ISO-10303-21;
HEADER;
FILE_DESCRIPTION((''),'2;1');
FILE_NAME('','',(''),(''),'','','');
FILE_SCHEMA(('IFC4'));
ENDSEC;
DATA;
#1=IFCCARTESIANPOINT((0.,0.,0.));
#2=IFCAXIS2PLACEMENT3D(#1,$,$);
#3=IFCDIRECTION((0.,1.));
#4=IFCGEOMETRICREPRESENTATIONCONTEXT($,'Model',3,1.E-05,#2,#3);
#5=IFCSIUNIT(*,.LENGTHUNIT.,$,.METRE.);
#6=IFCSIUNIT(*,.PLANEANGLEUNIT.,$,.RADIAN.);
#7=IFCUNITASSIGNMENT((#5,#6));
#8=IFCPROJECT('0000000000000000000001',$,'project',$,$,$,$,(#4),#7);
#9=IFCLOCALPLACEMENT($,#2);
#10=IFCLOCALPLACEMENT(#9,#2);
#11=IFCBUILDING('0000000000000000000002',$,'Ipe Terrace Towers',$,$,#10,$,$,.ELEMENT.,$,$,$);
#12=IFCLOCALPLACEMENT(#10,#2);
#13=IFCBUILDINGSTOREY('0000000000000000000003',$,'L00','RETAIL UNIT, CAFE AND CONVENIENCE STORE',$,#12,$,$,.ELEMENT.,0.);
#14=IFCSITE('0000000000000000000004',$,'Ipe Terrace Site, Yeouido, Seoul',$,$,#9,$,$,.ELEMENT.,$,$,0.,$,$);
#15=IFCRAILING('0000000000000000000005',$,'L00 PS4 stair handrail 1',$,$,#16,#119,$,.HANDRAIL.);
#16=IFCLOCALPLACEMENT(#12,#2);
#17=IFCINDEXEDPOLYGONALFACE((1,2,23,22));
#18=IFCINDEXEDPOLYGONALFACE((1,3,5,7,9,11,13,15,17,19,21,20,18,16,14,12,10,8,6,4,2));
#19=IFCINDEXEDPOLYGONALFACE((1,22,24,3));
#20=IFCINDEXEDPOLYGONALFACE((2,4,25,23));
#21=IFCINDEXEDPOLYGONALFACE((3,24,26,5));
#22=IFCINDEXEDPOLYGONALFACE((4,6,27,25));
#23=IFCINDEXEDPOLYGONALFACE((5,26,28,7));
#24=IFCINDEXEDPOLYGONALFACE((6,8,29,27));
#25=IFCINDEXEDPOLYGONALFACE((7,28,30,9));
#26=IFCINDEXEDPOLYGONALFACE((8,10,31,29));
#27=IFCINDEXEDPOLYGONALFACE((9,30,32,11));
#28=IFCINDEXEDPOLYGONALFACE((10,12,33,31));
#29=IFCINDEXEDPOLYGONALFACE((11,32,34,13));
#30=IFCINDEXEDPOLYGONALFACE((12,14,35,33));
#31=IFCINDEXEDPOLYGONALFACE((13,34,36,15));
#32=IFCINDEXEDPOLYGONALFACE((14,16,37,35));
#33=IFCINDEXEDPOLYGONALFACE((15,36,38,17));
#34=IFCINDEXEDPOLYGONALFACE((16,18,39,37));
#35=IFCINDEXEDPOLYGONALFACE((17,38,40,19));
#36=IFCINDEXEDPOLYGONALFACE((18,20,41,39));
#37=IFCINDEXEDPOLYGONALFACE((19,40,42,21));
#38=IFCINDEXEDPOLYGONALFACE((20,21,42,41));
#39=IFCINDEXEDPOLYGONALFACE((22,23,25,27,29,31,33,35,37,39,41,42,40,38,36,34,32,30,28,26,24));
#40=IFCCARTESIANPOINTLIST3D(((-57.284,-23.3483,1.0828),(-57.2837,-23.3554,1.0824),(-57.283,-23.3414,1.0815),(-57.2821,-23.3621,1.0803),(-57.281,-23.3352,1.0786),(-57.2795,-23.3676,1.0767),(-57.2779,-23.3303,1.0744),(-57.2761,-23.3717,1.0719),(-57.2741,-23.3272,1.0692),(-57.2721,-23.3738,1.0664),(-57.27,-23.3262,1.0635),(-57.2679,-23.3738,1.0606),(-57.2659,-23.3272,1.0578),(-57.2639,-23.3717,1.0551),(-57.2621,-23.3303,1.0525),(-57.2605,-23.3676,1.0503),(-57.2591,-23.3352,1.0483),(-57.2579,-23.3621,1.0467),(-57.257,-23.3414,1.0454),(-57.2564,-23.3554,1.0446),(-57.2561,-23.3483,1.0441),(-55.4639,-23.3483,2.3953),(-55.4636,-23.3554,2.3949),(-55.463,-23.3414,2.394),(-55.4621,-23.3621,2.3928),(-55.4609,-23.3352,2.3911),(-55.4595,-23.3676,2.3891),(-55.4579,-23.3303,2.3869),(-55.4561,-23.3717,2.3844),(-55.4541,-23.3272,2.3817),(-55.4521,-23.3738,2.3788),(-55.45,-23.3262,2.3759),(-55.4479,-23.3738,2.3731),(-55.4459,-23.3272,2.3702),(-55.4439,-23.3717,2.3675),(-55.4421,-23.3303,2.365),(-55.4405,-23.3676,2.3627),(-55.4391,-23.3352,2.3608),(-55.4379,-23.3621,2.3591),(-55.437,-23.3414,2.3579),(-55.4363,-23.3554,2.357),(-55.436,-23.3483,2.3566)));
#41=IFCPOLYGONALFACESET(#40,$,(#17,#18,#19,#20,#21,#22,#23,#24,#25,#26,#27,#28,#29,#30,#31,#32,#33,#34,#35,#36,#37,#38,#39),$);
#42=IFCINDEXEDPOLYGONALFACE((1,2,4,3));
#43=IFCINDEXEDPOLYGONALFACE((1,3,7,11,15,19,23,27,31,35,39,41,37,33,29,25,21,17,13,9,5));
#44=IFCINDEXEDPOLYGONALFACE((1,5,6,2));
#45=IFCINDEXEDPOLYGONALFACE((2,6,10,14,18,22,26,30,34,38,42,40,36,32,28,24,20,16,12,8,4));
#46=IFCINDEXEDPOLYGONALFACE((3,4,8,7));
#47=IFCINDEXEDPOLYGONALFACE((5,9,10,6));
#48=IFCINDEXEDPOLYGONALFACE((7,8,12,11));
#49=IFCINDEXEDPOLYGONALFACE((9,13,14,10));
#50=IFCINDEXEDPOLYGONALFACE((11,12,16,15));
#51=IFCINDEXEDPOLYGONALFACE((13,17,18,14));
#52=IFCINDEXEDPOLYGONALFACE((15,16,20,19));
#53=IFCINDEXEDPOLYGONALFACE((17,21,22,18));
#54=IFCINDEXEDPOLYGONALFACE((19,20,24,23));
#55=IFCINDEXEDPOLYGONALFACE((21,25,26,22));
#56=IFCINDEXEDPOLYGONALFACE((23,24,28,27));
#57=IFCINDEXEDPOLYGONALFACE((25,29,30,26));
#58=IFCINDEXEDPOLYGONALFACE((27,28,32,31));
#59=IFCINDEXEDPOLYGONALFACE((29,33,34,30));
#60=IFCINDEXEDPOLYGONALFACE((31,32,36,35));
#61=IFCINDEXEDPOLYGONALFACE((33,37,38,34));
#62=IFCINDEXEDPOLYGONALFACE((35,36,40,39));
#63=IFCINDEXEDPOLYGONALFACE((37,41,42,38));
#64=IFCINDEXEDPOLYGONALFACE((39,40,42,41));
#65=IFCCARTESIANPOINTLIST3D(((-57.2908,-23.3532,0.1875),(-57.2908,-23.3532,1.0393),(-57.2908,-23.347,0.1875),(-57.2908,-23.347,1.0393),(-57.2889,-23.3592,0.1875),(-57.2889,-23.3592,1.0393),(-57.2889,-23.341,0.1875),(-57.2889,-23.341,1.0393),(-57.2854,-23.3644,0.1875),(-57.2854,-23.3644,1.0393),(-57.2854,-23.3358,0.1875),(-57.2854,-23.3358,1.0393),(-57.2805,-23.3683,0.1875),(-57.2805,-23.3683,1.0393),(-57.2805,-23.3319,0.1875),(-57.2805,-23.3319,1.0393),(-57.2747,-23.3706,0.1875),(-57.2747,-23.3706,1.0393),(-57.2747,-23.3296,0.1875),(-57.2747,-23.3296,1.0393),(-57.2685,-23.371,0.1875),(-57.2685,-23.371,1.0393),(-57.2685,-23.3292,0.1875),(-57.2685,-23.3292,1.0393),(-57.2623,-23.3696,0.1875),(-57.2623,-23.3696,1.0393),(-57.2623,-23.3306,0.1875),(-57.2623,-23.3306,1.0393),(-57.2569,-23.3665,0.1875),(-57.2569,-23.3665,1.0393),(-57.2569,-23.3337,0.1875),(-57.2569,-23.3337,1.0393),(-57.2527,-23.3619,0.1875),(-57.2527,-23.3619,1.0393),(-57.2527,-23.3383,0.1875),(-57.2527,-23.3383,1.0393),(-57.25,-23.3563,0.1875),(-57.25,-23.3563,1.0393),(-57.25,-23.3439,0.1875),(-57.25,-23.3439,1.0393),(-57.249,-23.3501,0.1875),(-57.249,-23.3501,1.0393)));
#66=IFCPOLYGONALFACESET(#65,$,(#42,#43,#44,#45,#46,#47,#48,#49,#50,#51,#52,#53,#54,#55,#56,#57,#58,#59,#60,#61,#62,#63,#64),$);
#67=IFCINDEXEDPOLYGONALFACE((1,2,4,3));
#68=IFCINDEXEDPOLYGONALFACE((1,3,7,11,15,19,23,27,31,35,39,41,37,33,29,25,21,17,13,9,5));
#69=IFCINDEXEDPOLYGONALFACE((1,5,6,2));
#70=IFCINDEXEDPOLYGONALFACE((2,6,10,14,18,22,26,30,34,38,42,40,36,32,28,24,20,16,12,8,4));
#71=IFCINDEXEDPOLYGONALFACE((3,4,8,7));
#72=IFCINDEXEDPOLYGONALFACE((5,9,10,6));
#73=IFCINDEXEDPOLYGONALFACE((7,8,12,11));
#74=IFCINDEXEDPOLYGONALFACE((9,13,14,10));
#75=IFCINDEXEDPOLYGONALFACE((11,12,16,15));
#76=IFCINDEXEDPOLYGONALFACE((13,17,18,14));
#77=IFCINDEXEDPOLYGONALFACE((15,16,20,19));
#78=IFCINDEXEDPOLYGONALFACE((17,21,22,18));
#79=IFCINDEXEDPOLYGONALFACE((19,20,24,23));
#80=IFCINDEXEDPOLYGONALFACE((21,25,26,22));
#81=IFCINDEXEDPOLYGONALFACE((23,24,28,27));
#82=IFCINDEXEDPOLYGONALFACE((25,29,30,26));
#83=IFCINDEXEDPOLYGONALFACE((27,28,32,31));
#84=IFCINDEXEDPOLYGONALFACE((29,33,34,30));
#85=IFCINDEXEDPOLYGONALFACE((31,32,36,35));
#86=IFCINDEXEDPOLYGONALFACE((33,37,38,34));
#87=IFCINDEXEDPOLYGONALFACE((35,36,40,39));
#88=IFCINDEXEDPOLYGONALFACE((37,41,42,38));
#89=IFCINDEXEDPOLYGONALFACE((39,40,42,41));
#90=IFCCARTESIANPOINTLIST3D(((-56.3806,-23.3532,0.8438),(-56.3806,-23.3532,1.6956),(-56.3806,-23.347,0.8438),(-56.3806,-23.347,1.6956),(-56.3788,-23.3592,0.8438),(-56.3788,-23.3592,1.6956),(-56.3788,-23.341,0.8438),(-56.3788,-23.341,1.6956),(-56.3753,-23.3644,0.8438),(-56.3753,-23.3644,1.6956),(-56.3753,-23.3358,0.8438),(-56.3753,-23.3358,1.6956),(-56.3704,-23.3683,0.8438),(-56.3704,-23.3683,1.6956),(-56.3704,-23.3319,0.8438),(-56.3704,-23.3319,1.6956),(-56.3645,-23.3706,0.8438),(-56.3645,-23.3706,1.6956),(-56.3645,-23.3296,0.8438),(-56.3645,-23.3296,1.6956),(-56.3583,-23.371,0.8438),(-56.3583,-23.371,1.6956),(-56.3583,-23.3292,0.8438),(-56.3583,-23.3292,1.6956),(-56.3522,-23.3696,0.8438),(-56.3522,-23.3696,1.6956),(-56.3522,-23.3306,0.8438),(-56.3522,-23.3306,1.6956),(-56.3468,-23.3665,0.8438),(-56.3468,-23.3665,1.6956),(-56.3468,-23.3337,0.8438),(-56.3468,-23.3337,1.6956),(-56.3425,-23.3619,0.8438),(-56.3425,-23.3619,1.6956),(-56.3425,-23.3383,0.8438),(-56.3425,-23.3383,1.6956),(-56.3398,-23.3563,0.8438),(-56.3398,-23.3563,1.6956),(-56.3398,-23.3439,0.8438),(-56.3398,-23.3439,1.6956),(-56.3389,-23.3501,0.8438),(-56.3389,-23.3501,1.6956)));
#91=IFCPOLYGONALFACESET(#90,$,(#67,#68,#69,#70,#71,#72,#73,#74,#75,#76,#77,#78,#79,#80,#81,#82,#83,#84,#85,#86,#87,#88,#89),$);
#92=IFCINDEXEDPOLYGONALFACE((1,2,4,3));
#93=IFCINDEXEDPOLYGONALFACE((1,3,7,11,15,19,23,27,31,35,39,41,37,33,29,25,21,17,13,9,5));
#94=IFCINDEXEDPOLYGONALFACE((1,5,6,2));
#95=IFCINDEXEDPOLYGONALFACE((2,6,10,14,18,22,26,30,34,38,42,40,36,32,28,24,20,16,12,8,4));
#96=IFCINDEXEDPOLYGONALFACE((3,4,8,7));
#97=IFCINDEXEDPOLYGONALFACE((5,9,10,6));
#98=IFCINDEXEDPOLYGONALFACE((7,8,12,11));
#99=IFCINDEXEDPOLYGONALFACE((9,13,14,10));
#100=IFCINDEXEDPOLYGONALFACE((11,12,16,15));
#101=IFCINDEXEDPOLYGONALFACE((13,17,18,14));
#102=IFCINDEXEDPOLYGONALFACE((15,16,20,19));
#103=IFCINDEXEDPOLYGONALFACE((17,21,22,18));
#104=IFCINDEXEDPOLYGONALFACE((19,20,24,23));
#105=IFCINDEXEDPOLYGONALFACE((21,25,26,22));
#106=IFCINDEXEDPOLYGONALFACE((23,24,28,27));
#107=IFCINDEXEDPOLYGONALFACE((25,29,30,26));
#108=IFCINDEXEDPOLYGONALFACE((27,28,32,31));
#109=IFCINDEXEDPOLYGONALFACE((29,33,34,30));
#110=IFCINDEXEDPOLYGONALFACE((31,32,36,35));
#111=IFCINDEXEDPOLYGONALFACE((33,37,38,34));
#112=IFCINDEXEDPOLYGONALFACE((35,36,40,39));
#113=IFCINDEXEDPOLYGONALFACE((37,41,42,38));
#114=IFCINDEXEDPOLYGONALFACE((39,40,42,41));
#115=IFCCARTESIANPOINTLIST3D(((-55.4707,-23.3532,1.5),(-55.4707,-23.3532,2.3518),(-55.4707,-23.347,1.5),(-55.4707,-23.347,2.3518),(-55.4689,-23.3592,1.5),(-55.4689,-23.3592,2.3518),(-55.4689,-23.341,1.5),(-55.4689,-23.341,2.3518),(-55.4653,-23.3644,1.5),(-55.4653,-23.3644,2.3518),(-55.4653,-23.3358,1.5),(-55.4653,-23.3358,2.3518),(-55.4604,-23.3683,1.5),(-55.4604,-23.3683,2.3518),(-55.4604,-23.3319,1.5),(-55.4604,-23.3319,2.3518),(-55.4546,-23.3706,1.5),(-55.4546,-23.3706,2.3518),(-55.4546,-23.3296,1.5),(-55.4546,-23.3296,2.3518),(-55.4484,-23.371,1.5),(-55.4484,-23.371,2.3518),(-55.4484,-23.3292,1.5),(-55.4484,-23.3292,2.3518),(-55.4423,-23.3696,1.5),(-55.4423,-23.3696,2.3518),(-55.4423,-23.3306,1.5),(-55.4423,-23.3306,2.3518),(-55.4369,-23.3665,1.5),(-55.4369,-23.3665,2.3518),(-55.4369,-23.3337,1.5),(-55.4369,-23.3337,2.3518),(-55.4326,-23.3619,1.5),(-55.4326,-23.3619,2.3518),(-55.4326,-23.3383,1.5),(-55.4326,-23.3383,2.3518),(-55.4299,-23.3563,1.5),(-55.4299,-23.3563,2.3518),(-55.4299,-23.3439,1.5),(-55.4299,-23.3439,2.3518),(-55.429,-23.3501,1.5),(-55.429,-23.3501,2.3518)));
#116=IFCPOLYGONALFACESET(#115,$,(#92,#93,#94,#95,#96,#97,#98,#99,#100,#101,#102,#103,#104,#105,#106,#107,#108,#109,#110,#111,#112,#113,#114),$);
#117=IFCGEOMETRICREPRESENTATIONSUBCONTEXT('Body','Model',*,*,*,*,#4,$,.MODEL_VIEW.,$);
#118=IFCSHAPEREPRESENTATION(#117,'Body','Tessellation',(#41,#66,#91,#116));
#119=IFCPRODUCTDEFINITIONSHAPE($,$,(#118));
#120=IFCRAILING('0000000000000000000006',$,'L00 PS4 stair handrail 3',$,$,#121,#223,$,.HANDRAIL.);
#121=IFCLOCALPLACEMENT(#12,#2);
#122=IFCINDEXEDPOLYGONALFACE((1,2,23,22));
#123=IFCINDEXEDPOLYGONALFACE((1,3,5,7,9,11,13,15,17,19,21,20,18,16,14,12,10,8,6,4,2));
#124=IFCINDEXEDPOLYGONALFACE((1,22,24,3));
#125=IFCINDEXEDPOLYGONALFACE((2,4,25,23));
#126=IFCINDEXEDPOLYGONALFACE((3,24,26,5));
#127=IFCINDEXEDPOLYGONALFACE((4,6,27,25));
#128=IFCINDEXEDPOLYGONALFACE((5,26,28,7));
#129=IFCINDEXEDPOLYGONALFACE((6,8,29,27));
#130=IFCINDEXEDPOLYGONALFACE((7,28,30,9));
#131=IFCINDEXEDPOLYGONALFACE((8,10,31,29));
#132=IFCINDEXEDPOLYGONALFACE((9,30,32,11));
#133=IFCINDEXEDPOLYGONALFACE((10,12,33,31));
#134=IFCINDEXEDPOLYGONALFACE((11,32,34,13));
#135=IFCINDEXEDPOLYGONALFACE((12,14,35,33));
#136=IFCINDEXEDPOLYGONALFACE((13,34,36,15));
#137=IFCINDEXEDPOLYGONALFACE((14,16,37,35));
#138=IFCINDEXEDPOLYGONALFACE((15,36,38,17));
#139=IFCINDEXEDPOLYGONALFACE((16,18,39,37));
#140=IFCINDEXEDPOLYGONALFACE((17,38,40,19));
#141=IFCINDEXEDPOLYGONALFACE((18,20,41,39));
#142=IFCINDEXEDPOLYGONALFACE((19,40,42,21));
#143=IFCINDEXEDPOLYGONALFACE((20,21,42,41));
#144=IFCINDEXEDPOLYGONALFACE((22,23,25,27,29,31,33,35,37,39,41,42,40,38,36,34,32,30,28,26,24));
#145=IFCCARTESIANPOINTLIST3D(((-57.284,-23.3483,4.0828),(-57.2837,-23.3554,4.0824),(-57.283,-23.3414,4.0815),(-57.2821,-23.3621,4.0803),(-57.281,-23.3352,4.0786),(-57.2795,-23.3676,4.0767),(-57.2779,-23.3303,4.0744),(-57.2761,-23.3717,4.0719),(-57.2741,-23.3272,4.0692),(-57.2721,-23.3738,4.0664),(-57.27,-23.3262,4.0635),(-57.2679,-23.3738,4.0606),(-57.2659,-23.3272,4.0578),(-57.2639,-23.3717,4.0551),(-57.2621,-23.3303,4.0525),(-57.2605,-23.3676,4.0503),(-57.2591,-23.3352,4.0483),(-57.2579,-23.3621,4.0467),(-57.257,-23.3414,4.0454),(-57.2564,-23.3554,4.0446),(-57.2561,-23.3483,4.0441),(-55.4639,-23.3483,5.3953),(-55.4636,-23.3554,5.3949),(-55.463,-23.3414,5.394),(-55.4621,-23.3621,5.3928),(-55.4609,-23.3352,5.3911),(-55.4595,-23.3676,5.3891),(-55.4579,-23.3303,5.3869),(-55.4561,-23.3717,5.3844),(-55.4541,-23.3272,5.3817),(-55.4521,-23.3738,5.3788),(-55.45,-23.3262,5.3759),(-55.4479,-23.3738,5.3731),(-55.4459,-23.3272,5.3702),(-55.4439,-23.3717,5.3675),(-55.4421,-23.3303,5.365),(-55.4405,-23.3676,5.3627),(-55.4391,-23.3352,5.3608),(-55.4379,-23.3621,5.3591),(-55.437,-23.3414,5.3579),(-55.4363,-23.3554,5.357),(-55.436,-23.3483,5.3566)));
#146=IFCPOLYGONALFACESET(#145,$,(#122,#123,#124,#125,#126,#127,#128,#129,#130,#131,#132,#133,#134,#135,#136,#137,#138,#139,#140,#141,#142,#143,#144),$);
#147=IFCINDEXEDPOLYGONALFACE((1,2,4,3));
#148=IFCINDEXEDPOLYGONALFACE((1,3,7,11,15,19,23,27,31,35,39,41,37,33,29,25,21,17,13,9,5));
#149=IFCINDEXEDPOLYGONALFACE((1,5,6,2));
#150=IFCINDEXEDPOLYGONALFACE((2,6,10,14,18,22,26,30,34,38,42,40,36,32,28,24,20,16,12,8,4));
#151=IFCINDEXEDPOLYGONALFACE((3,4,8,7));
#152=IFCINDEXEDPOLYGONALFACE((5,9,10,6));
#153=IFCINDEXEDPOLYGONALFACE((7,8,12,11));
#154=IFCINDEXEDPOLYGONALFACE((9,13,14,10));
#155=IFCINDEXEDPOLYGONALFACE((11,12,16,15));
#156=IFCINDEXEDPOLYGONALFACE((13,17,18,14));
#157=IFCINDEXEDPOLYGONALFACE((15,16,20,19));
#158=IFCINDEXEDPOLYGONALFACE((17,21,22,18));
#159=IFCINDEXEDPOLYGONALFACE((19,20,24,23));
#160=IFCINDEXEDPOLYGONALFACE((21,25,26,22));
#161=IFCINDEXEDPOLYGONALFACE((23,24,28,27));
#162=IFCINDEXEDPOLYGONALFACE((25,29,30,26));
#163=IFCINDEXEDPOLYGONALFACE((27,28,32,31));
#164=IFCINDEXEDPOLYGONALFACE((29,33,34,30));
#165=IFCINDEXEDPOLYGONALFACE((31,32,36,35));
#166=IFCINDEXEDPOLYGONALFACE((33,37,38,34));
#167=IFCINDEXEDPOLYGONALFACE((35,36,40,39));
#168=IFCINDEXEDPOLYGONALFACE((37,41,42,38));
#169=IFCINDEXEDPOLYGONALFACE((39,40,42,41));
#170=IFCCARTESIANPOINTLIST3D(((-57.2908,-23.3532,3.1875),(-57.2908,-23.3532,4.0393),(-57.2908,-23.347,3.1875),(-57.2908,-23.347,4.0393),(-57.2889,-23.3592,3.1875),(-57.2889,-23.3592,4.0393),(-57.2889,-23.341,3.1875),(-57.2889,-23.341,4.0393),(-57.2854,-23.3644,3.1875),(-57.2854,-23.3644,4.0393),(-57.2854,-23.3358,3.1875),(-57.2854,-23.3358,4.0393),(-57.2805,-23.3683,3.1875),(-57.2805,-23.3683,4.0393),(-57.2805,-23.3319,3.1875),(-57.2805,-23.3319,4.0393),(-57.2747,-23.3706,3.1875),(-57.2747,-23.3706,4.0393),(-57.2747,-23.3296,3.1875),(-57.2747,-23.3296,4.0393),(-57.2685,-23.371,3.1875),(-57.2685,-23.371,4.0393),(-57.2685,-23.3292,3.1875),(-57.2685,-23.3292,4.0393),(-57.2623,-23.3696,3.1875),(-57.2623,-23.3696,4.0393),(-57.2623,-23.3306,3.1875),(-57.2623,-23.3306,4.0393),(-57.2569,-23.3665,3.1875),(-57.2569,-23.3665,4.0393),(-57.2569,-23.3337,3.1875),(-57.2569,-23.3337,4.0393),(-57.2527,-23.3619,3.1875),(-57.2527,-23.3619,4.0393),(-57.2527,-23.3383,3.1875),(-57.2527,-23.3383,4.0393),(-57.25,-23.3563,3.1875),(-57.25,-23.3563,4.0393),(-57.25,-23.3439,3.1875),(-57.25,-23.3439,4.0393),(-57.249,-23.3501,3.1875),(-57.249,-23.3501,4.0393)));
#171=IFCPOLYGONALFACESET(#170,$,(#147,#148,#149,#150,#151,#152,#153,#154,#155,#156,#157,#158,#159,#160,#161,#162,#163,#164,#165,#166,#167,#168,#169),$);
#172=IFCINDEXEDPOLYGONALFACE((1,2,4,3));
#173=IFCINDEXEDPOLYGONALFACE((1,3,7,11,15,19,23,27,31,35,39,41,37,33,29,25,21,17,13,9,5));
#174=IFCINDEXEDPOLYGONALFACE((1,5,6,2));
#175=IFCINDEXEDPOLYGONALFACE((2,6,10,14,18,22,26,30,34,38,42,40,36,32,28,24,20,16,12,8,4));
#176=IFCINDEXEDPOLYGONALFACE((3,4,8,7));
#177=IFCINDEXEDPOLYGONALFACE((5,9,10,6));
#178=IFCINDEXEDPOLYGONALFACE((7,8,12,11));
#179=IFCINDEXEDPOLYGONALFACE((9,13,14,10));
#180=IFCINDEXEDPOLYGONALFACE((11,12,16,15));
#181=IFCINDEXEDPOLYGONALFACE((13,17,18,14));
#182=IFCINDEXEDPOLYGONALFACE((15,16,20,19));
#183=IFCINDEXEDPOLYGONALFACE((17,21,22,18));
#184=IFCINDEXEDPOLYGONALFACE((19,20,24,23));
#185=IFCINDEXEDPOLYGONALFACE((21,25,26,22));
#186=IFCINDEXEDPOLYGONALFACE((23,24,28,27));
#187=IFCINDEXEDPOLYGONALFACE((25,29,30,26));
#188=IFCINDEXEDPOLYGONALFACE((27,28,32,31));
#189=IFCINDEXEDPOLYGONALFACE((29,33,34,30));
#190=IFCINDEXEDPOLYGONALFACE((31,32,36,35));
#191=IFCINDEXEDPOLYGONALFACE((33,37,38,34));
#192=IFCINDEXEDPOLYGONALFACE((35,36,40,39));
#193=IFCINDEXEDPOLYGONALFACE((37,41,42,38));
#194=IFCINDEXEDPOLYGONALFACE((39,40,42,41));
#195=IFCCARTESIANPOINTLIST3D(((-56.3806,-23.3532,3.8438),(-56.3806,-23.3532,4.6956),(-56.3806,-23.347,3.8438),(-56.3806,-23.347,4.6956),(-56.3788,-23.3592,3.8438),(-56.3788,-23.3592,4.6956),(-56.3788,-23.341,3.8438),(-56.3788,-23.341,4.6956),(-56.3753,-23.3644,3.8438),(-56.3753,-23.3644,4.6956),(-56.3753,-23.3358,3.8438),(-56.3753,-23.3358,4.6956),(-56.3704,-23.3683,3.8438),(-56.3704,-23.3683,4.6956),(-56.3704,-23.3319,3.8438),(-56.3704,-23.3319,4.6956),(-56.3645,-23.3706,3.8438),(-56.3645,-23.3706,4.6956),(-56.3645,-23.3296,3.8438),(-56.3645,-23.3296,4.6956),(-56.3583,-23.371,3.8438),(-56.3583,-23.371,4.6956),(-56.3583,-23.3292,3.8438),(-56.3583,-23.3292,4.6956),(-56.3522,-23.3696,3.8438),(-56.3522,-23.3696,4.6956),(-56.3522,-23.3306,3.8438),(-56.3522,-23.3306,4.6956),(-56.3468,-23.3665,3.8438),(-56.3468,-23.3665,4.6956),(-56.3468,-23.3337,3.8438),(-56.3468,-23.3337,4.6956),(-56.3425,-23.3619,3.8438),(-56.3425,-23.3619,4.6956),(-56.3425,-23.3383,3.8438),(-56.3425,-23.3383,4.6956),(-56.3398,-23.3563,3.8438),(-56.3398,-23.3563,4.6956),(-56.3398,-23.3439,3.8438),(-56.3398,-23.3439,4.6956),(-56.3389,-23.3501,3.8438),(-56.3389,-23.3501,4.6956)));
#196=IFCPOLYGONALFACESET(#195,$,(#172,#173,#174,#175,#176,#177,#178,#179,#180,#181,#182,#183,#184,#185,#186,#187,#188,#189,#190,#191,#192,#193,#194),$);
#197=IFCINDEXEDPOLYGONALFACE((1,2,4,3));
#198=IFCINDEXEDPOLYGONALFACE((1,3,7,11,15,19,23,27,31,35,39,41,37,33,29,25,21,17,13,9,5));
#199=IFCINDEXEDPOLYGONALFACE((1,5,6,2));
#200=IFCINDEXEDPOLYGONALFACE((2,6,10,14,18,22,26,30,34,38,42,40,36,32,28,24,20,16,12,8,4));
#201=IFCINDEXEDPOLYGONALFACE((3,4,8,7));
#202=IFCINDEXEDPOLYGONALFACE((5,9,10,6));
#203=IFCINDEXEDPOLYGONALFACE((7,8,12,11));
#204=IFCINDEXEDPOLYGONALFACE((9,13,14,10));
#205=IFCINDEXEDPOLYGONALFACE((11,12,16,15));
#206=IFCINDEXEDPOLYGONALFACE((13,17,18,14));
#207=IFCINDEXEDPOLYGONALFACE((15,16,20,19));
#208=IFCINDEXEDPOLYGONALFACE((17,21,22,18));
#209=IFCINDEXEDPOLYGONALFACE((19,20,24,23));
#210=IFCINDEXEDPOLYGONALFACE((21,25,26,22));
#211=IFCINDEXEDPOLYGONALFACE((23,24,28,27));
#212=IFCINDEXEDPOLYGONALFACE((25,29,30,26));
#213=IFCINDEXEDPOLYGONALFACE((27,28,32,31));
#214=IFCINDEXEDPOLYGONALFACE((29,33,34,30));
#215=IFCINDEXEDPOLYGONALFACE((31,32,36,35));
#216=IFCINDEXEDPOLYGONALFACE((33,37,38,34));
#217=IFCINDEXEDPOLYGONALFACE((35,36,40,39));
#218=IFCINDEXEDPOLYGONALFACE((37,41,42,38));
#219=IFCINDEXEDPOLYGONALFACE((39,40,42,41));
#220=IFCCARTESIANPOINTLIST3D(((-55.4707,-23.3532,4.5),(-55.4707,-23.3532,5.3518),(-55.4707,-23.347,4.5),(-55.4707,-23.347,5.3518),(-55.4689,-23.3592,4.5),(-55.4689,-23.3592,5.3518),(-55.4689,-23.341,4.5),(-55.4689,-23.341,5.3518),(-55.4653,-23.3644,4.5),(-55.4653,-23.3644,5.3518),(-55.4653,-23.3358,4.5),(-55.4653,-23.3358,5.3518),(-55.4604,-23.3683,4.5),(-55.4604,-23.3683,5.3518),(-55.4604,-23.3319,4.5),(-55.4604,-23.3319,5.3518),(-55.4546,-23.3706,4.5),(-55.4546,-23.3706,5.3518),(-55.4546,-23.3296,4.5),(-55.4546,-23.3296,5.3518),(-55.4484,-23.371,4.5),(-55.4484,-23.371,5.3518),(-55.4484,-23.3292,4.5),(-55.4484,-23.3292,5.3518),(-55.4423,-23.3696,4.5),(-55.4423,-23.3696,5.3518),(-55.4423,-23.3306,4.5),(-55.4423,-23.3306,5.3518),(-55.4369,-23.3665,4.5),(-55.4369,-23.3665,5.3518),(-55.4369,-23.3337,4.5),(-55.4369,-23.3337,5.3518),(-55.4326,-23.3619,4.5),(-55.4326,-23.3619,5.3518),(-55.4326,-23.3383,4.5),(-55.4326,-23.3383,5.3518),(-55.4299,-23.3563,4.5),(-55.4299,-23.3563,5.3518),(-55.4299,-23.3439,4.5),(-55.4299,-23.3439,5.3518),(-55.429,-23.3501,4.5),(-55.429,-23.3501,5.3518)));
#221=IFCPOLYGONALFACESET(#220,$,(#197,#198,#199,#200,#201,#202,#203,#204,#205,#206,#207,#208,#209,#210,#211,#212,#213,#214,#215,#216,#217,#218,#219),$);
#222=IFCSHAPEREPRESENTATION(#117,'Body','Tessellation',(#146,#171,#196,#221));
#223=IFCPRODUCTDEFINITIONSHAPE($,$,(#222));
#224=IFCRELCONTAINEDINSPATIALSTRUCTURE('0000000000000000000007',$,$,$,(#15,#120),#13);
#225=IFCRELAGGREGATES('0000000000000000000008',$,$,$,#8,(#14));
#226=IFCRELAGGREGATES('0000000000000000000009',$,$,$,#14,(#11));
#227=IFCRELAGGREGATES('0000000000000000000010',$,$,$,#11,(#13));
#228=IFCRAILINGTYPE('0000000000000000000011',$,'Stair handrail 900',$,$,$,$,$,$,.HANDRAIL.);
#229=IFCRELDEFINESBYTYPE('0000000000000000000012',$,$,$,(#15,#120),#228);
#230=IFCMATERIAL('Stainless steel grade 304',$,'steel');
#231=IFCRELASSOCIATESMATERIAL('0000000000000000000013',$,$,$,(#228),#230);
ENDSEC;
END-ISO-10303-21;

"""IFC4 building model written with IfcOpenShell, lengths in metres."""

from ifc_helpers import new_model, si_unit, direction, frame, origin, origin_2d, place, context, subcontext, project, spatial, circle, extrude, material, type_object, element, save


model = new_model("IFC4")

# Units and contexts
model_context = context("Model", 3, precision=1e-05, world=origin(), true_north=direction((0.0, 1.0)))
body_context = subcontext(model_context, "Body", "Model", "MODEL_VIEW")
ifc_project = project(units=[si_unit("LENGTHUNIT", "METRE"), si_unit("PLANEANGLEUNIT", "RADIAN")], contexts=[model_context])

# Site, building, storey
site_placement = place(None, origin())
site = spatial("IfcSite", under=ifc_project, at=site_placement, Name="Ipe Terrace Site, Yeouido, Seoul", CompositionType="ELEMENT", RefElevation=0.0)
building_placement = place(site_placement, origin())
building = spatial("IfcBuilding", under=site, at=building_placement, Name="Ipe Terrace Towers", CompositionType="ELEMENT")
storey_placement = place(building_placement, origin())
storey = spatial("IfcBuildingStorey", under=building, at=storey_placement, Name="L00", Description="RETAIL UNIT, CAFE AND CONVENIENCE STORE", CompositionType="ELEMENT", Elevation=0.0)

# Railings
ifc_material_1 = material(Name="Stainless steel grade 304", Category="steel")
railing_type_1 = type_object("IfcRailingType", Name="Stair handrail 900", PredefinedType="HANDRAIL", material=ifc_material_1)
for number, where, name in (
    (1, (-57.27, -23.3501, 0.1875), "L00 PS4 stair handrail 1"),
    (2, (-57.27, -23.3501, 3.1875), "L00 PS4 stair handrail 3"),
):
    element("IfcRailing", number, at=place(storey_placement, frame(where)), inside=storey, type_object=railing_type_1, Name=name, PredefinedType="HANDRAIL", context=body_context, shape_type="SweptSolid", body=[
        extrude(circle(Radius=0.0239, at=origin_2d()), frame((0.0, 0.0, 0.876), z_axis=(0.811101, 0.0, 0.584906), x_axis=(0.0, 1.0, 0.0)), (0.0, 0.0, 1.0), 2.2439),
        extrude(circle(Radius=0.021, at=origin_2d()), origin(), (0.0, 0.0, 1.0), 0.8518),
        extrude(circle(Radius=0.021, at=origin_2d()), frame((0.9102, 0.0, 0.6562)), (0.0, 0.0, 1.0), 0.8518),
        extrude(circle(Radius=0.021, at=origin_2d()), frame((1.8201, 0.0, 1.3125)), (0.0, 0.0, 1.0), 0.8518),
    ])

save(model, "model.ifc")
